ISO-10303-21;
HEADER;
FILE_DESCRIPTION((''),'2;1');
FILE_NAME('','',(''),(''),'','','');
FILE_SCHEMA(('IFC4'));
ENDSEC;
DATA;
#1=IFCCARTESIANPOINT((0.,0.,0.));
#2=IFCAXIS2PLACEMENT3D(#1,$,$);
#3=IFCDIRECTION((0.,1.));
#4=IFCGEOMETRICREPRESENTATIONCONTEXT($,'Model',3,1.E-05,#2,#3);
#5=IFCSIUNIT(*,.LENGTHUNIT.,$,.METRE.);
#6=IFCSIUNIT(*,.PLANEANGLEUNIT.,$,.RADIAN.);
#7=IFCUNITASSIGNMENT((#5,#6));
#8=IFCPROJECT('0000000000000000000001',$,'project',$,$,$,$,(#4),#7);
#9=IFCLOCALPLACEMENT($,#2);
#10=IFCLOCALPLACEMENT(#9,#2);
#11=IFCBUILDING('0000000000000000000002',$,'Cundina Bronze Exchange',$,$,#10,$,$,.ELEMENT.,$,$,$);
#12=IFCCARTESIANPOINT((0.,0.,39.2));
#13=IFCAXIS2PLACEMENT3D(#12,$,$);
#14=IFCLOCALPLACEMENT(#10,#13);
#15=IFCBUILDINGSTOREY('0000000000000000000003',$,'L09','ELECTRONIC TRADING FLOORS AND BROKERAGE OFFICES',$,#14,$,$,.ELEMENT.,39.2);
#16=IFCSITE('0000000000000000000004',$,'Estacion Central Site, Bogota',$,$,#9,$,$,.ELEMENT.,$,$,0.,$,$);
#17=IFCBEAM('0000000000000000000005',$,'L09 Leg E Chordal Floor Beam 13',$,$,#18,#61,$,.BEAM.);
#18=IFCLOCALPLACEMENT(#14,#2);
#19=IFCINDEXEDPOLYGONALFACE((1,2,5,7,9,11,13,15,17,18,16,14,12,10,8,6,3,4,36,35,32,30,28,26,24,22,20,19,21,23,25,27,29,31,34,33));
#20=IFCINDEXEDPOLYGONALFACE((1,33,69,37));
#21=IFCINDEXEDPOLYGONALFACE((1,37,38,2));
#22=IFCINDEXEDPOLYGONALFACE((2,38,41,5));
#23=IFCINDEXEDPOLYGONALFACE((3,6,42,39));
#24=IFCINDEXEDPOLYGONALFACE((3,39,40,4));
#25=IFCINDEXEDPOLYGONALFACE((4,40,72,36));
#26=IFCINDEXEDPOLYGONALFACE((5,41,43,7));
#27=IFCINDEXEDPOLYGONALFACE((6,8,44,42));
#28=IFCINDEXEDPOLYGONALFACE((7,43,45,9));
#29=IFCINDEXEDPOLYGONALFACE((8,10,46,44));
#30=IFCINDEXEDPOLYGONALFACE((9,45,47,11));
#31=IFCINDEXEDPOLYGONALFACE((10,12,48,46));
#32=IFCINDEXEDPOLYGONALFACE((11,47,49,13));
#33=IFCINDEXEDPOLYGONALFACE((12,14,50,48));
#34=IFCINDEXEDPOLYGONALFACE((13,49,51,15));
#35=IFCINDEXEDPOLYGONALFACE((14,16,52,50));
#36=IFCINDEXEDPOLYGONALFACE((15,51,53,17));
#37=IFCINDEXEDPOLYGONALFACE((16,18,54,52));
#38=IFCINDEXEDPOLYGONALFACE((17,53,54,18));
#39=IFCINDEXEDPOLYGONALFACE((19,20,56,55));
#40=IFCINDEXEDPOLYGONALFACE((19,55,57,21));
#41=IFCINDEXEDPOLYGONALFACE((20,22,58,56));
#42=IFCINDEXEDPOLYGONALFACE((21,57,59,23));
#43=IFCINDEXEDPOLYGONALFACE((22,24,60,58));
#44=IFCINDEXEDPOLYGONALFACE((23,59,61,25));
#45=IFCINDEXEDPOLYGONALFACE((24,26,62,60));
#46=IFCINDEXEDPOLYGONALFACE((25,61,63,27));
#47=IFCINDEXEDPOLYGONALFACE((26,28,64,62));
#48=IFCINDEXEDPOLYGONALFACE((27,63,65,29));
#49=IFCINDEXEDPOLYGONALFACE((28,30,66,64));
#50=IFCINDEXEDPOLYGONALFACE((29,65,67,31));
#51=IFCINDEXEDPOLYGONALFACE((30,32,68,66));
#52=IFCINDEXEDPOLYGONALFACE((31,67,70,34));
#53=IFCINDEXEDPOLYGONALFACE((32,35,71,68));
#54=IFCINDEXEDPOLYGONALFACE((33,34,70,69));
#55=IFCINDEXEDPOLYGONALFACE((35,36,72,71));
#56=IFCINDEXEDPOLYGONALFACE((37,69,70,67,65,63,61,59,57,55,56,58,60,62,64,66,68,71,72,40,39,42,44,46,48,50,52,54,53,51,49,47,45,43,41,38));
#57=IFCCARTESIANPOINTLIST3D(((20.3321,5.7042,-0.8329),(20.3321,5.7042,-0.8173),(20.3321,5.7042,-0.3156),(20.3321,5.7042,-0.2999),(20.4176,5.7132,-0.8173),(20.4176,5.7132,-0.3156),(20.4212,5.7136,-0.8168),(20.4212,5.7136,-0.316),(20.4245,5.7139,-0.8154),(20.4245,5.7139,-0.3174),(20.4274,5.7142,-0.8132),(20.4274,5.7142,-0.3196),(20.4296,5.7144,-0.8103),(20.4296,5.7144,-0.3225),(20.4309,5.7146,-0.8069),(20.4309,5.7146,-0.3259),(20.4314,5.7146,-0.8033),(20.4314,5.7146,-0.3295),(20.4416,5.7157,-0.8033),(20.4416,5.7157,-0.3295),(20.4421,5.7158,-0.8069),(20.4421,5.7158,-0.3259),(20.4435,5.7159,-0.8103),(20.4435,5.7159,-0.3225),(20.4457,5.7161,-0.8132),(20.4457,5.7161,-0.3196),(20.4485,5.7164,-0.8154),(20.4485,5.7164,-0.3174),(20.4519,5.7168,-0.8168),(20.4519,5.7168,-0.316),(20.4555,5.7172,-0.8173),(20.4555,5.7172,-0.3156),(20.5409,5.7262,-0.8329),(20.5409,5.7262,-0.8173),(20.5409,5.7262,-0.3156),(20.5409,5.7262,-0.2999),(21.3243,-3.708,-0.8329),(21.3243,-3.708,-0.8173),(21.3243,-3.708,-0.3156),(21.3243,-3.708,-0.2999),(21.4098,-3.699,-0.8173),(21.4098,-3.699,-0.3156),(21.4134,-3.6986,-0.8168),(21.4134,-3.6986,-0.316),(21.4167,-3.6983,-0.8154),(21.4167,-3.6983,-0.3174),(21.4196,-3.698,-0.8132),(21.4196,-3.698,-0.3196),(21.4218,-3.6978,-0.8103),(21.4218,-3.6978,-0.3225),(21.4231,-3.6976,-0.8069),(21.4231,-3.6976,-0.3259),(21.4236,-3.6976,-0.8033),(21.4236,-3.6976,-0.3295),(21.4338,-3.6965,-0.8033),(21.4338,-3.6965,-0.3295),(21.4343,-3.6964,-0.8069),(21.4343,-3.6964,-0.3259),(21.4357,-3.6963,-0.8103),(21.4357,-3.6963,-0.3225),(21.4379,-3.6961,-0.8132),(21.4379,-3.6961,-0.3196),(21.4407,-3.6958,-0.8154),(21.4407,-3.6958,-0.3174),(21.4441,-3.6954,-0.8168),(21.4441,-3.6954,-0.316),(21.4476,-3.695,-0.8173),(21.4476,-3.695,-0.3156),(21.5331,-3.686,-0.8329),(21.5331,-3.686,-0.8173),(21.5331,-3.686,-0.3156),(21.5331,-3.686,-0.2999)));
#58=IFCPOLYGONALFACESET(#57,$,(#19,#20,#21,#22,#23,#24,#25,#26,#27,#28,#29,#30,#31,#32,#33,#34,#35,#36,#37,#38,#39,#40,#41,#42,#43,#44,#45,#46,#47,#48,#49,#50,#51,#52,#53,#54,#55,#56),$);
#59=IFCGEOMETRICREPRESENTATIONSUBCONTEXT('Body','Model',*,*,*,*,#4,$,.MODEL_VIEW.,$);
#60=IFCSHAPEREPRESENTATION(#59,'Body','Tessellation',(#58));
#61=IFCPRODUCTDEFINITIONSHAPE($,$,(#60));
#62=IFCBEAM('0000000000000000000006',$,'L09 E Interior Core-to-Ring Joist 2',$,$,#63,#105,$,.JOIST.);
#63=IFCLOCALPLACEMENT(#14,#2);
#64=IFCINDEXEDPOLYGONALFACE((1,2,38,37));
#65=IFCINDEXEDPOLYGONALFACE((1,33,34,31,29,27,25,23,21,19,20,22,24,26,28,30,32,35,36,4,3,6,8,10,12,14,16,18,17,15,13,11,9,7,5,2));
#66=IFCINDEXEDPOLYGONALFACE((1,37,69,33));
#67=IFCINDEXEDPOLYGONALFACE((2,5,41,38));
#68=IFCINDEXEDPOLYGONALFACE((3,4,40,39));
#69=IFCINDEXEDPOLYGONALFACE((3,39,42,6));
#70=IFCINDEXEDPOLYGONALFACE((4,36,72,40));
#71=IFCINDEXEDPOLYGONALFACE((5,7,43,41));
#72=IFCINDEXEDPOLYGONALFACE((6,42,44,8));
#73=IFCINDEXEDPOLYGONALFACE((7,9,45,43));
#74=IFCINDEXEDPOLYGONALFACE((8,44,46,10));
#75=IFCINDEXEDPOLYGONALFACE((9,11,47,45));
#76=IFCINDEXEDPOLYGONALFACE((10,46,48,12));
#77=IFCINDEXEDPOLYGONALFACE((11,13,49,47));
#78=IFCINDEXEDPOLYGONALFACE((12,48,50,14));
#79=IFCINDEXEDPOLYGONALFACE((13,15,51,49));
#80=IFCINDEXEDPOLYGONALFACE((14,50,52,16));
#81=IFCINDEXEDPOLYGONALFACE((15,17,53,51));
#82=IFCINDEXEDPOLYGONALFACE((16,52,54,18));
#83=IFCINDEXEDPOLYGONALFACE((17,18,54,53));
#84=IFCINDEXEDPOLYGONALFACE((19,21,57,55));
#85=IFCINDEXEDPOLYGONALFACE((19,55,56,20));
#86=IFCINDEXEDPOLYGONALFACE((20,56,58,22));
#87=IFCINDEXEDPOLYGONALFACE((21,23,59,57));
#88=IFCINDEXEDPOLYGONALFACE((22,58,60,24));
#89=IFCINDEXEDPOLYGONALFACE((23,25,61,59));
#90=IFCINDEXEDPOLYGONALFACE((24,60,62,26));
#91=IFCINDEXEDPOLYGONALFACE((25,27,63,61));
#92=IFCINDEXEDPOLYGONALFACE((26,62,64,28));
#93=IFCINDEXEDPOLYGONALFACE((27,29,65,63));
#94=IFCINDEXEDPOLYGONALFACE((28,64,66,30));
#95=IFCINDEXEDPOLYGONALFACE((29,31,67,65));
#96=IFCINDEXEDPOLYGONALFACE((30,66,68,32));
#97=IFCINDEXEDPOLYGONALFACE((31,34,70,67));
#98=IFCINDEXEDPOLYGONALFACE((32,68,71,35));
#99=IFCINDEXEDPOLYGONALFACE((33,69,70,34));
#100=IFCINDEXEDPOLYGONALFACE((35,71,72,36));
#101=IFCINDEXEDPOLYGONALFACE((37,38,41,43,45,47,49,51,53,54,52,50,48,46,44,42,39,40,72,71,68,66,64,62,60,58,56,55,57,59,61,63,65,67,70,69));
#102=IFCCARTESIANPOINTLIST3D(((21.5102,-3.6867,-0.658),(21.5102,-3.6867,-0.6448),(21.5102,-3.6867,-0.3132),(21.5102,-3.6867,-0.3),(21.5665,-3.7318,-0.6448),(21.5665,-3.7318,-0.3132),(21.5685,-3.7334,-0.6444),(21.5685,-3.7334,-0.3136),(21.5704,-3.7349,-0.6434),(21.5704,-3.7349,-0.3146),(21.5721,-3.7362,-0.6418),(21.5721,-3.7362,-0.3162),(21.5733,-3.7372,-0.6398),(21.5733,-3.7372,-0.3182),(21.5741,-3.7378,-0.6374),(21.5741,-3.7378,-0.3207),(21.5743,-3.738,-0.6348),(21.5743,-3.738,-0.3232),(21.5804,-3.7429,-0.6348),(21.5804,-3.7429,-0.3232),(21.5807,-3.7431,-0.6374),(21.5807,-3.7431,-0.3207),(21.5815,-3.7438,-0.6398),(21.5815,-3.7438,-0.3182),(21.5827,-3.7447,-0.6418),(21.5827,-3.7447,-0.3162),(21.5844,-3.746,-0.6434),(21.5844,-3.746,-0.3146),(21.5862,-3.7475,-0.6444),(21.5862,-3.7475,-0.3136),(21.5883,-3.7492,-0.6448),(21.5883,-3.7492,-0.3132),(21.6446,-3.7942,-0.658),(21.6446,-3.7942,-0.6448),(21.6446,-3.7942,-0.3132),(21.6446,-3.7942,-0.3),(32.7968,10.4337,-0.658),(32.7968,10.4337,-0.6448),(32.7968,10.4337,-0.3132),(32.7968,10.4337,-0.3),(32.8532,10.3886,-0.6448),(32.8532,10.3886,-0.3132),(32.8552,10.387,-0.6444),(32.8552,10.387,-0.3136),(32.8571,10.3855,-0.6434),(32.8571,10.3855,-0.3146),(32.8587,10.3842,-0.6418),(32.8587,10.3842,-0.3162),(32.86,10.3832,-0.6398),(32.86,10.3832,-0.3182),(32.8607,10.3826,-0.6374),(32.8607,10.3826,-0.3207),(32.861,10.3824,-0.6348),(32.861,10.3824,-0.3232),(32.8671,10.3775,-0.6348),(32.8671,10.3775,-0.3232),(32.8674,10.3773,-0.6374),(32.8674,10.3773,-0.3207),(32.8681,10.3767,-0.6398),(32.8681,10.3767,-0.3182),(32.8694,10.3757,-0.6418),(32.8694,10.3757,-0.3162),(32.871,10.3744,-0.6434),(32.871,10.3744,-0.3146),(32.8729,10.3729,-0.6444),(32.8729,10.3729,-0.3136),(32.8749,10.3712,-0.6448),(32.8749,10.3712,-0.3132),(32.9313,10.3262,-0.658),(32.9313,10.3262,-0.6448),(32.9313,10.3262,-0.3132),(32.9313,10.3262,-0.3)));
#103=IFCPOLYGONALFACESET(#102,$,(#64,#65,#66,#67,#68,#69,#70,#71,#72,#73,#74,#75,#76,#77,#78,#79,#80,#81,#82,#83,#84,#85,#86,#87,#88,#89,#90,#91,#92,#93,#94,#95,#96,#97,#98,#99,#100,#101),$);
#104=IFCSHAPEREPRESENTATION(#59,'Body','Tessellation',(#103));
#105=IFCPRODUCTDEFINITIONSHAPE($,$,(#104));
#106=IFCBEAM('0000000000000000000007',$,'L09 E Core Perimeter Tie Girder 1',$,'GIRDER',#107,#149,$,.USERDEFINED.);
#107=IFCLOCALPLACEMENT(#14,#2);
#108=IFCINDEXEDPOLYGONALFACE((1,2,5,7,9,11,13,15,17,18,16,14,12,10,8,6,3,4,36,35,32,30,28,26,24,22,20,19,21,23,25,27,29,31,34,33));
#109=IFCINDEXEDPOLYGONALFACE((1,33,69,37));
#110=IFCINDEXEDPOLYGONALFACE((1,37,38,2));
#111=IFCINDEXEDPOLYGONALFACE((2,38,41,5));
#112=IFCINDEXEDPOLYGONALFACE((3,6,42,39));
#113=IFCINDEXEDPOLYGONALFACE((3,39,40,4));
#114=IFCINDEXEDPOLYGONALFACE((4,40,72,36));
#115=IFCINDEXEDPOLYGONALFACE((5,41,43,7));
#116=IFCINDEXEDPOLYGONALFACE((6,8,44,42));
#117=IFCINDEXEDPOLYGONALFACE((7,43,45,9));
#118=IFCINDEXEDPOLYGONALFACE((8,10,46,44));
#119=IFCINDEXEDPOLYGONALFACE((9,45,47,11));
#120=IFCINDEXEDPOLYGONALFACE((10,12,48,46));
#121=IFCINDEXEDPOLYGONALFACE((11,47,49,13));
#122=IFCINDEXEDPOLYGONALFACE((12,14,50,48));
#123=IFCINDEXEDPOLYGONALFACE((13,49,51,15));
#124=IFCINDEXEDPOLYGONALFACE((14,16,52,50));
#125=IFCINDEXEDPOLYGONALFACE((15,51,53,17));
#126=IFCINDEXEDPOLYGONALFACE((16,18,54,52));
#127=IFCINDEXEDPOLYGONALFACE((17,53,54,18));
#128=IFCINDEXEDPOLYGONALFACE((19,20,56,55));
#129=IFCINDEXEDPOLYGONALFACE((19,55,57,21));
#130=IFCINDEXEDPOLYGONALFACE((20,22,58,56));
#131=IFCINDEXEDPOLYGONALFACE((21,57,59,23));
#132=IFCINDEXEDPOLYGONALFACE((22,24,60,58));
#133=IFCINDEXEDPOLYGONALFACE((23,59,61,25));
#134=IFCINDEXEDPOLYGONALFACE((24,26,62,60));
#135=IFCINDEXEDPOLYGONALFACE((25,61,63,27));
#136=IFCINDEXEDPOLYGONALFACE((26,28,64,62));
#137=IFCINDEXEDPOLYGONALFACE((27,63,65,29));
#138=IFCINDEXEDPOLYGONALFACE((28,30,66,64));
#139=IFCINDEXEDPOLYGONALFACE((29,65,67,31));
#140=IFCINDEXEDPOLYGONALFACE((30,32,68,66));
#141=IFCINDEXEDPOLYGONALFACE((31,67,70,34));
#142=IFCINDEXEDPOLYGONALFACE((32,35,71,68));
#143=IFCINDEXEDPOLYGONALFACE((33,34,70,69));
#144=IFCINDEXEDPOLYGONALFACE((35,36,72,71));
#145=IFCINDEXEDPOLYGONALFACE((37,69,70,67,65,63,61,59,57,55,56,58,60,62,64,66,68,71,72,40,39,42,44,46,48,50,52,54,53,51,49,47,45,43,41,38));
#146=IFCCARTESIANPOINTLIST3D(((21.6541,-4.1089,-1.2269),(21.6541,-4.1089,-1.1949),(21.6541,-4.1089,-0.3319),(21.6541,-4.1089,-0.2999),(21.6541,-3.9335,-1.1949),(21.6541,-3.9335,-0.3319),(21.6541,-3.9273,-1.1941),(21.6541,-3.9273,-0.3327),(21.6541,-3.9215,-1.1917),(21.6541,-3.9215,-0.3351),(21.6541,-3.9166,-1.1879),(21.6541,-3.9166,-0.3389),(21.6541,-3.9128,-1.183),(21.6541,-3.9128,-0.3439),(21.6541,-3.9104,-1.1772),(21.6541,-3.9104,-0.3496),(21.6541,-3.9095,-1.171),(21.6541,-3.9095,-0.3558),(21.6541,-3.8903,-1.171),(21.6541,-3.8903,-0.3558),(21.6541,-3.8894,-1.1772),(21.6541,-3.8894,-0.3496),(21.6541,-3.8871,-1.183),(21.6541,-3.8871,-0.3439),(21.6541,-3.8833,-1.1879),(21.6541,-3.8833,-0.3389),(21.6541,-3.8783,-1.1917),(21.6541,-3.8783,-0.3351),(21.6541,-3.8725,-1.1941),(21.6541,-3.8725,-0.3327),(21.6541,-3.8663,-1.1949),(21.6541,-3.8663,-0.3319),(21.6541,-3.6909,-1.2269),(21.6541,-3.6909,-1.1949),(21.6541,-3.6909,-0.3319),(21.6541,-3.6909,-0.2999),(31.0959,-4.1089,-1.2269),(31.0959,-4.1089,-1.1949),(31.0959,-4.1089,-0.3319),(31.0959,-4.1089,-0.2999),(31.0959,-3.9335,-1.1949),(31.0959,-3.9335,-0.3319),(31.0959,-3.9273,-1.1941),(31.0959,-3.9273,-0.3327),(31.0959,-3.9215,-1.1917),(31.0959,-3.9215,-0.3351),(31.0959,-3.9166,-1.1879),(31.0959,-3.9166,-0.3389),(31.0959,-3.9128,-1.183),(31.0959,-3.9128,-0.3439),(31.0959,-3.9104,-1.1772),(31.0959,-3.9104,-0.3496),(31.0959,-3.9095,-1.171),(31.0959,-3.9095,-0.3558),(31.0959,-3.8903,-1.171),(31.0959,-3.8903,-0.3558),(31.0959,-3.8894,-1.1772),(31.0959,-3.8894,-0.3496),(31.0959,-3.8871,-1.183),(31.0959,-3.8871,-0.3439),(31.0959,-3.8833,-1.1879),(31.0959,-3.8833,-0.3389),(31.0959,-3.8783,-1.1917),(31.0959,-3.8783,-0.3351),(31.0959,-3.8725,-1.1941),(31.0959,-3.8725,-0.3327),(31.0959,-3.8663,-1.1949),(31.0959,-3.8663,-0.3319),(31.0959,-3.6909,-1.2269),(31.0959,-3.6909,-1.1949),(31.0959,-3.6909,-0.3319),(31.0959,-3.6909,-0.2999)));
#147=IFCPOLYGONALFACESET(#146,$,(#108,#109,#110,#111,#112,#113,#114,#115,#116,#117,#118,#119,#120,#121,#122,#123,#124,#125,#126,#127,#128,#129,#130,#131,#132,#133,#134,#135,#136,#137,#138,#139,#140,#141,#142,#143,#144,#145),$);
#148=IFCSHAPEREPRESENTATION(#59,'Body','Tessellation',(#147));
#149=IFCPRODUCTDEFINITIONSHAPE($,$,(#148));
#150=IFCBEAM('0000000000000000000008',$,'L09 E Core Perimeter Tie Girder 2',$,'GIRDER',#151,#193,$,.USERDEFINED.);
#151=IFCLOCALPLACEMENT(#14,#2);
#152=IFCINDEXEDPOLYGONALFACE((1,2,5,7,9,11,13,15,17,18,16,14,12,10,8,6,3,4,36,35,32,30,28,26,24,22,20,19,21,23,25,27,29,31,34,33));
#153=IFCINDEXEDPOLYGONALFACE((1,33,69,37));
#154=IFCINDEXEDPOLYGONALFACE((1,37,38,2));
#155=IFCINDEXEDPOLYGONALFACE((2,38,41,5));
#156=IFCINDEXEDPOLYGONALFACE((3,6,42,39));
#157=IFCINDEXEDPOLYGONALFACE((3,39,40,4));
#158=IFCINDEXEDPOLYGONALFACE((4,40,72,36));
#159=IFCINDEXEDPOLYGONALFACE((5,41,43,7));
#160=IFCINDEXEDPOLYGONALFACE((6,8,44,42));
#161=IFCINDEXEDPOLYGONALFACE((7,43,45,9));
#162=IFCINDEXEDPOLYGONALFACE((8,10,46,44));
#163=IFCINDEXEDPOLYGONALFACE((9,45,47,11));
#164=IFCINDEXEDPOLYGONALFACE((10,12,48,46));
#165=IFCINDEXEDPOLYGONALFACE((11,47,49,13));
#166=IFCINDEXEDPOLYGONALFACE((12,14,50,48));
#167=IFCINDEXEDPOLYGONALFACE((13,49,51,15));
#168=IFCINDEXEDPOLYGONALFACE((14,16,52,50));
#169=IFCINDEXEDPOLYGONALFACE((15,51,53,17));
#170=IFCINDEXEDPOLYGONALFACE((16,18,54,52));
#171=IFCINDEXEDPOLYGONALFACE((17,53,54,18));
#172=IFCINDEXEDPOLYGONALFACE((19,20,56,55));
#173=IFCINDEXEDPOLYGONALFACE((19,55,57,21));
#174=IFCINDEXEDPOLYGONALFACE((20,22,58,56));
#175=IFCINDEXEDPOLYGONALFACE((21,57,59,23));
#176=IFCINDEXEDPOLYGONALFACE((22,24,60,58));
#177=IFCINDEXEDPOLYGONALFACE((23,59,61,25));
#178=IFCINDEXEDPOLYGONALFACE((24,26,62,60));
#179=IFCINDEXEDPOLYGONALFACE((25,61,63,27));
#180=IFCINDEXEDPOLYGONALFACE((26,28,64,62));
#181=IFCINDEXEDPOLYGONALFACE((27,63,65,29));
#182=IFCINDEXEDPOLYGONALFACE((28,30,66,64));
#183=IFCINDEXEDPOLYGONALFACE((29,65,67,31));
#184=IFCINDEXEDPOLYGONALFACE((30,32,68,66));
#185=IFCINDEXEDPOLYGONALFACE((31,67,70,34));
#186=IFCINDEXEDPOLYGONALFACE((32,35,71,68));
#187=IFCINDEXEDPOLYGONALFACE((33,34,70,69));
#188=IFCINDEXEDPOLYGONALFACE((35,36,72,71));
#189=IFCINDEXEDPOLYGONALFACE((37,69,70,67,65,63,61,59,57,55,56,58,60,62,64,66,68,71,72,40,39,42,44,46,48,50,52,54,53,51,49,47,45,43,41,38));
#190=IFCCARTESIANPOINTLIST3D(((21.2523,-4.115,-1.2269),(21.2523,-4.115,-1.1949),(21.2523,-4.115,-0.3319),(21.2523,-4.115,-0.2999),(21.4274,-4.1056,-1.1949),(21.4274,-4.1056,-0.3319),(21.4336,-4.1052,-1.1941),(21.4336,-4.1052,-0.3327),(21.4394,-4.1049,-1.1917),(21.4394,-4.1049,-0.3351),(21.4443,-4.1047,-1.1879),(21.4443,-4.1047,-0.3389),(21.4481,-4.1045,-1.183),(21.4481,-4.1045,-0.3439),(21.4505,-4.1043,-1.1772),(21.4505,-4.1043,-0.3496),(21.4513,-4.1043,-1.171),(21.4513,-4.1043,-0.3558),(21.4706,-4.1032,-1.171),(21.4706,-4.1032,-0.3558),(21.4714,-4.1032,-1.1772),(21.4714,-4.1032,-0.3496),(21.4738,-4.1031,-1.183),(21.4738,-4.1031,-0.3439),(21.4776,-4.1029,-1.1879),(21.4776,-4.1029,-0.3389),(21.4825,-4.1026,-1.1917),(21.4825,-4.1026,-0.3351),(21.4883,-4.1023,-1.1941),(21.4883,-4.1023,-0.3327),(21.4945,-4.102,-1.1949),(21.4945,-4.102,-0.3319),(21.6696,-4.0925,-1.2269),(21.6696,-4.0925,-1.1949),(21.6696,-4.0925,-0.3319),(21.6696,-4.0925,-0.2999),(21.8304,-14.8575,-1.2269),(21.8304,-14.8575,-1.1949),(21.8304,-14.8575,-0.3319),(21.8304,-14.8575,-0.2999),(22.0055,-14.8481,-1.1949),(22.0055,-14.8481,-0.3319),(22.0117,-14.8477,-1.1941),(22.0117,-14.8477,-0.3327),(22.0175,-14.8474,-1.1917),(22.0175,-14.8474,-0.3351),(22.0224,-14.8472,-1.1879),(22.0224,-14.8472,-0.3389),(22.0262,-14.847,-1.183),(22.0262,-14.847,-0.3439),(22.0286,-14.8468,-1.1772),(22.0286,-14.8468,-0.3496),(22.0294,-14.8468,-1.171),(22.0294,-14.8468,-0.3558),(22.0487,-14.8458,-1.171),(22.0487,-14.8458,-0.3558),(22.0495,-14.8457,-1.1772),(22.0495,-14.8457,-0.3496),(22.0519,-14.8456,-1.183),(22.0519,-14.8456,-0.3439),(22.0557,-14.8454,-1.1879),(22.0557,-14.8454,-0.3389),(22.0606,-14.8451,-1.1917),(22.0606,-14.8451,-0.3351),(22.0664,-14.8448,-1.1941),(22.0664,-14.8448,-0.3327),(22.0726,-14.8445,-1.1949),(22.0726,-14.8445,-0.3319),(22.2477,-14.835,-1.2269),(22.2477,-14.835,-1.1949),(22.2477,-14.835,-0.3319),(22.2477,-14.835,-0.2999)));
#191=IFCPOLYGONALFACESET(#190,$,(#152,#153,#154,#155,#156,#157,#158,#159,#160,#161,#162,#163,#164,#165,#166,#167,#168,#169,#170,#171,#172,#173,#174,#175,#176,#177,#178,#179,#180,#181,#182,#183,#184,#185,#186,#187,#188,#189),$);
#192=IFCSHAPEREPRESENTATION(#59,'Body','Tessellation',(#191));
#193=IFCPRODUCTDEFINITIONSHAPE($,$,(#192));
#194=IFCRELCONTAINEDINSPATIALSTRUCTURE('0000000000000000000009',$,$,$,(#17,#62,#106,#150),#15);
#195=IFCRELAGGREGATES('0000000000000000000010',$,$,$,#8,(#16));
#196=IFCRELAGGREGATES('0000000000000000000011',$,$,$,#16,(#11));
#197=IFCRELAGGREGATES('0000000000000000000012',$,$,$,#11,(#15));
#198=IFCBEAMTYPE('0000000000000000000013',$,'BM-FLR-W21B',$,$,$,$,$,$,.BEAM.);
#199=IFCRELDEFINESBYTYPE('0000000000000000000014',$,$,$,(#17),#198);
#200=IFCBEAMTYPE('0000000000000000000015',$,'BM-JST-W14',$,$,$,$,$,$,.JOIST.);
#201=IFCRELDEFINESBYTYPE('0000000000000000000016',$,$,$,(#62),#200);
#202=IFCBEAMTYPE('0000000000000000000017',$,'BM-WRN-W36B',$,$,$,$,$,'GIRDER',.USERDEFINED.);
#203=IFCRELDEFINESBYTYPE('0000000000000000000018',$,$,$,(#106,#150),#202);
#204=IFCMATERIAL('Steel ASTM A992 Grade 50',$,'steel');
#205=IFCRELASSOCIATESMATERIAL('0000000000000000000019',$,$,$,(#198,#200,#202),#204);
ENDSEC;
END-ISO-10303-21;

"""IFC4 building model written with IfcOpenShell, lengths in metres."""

from ifc_helpers import new_model, si_unit, direction, frame, origin, origin_2d, place, context, subcontext, project, spatial, i_section, extrude, material, material_profile, profile_set, type_object, element, save


model = new_model("IFC4")

# Units and contexts
model_context = context("Model", 3, precision=1e-05, world=origin(), true_north=direction((0.0, 1.0)))
body_context = subcontext(model_context, "Body", "Model", "MODEL_VIEW")
ifc_project = project(units=[si_unit("LENGTHUNIT", "METRE"), si_unit("PLANEANGLEUNIT", "RADIAN")], contexts=[model_context])

# Site, building, storey
site_placement = place(None, origin())
site = spatial("IfcSite", under=ifc_project, at=site_placement, Name="Estacion Central Site, Bogota", CompositionType="ELEMENT", RefElevation=0.0)
building_placement = place(site_placement, origin())
building = spatial("IfcBuilding", under=site, at=building_placement, Name="Cundina Bronze Exchange", CompositionType="ELEMENT")
storey_placement = place(building_placement, frame((0.0, 0.0, 39.2)))
storey = spatial("IfcBuildingStorey", under=building, at=storey_placement, Name="L09", Description="ELECTRONIC TRADING FLOORS AND BROKERAGE OFFICES", CompositionType="ELEMENT", Elevation=39.2)

# Shared definitions
ifc_material_1 = material(Name="Steel ASTM A992 Grade 50", Category="steel")

# Beams
ifc_material_profile_1 = material_profile(ifc_material_1, i_section(OverallWidth=0.21, OverallDepth=0.533, WebThickness=0.0103, FlangeThickness=0.0156, FilletRadius=0.0139, at=origin_2d()), Name="W21X62", Category="steel")
ifc_profile_set_1 = profile_set([ifc_material_profile_1], Name="Steel ASTM A992 Grade 50")
beam_type_1 = type_object("IfcBeamType", Name="BM-FLR-W21B", PredefinedType="BEAM", material=ifc_profile_set_1)
beam_1_placement = place(storey_placement, frame((21.4287, -3.697, -0.5664), z_axis=(-0.104835, 0.99449, 0.0), x_axis=(-0.99449, -0.104835, 0.0)))
element("IfcBeam", 1, at=beam_1_placement, inside=storey, type_object=beam_type_1, Name="L09 Leg E Chordal Floor Beam 13", PredefinedType="BEAM", context=body_context, shape_type="SweptSolid", body=[
    extrude(i_section(OverallWidth=0.21, OverallDepth=0.533, WebThickness=0.0103, FlangeThickness=0.0156, FilletRadius=0.0139, at=origin_2d()), origin(), (0.0, 0.0, 1.0), 9.4644),
])
ifc_material_profile_2 = material_profile(ifc_material_1, i_section(OverallWidth=0.1721, OverallDepth=0.3579, WebThickness=0.0078, FlangeThickness=0.0132, FilletRadius=0.01, at=origin_2d()), Name="W14X38", Category="steel")
ifc_profile_set_2 = profile_set([ifc_material_profile_2], Name="Steel ASTM A992 Grade 50")
beam_type_2 = type_object("IfcBeamType", Name="BM-JST-W14", PredefinedType="JOIST", material=ifc_profile_set_2)
beam_2_placement = place(storey_placement, frame((21.5774, -3.7405, -0.479), z_axis=(0.624369, 0.78113, 0.0), x_axis=(-0.78113, 0.624369, 0.0)))
element("IfcBeam", 2, at=beam_2_placement, inside=storey, type_object=beam_type_2, Name="L09 E Interior Core-to-Ring Joist 2", PredefinedType="JOIST", context=body_context, shape_type="SweptSolid", body=[
    extrude(i_section(OverallWidth=0.1721, OverallDepth=0.3579, WebThickness=0.0078, FlangeThickness=0.0132, FilletRadius=0.01, at=origin_2d()), origin(), (0.0, 0.0, 1.0), 18.0769),
])
ifc_material_profile_3 = material_profile(ifc_material_1, i_section(OverallWidth=0.418, OverallDepth=0.927, WebThickness=0.0193, FlangeThickness=0.032, FilletRadius=0.0239, at=origin_2d()), Name="W36X231", Category="steel")
ifc_profile_set_3 = profile_set([ifc_material_profile_3], Name="Steel ASTM A992 Grade 50")
beam_type_3 = type_object("IfcBeamType", Name="BM-WRN-W36B", ElementType="GIRDER", PredefinedType="USERDEFINED", material=ifc_profile_set_3)
beam_3_placement = place(storey_placement, frame((31.0959, -3.8999, -0.7634), z_axis=(-1.0, 0.0, 0.0), x_axis=(0.0, -1.0, 0.0)))
element("IfcBeam", 3, at=beam_3_placement, inside=storey, type_object=beam_type_3, Name="L09 E Core Perimeter Tie Girder 1", ObjectType="GIRDER", PredefinedType="USERDEFINED", context=body_context, shape_type="SweptSolid", body=[
    extrude(i_section(OverallWidth=0.418, OverallDepth=0.927, WebThickness=0.0193, FlangeThickness=0.032, FilletRadius=0.0239, at=origin_2d()), origin(), (0.0, 0.0, 1.0), 9.4419),
])
beam_4_placement = place(storey_placement, frame((21.4609, -4.1038, -0.7634), z_axis=(0.053739, -0.998555, 0.0), x_axis=(0.998555, 0.053739, 0.0)))
element("IfcBeam", 4, at=beam_4_placement, inside=storey, type_object=beam_type_3, Name="L09 E Core Perimeter Tie Girder 2", ObjectType="GIRDER", PredefinedType="USERDEFINED", context=body_context, shape_type="SweptSolid", body=[
    extrude(i_section(OverallWidth=0.418, OverallDepth=0.927, WebThickness=0.0193, FlangeThickness=0.032, FilletRadius=0.0239, at=origin_2d()), origin(), (0.0, 0.0, 1.0), 10.7581),
])

save(model, "model.ifc")
